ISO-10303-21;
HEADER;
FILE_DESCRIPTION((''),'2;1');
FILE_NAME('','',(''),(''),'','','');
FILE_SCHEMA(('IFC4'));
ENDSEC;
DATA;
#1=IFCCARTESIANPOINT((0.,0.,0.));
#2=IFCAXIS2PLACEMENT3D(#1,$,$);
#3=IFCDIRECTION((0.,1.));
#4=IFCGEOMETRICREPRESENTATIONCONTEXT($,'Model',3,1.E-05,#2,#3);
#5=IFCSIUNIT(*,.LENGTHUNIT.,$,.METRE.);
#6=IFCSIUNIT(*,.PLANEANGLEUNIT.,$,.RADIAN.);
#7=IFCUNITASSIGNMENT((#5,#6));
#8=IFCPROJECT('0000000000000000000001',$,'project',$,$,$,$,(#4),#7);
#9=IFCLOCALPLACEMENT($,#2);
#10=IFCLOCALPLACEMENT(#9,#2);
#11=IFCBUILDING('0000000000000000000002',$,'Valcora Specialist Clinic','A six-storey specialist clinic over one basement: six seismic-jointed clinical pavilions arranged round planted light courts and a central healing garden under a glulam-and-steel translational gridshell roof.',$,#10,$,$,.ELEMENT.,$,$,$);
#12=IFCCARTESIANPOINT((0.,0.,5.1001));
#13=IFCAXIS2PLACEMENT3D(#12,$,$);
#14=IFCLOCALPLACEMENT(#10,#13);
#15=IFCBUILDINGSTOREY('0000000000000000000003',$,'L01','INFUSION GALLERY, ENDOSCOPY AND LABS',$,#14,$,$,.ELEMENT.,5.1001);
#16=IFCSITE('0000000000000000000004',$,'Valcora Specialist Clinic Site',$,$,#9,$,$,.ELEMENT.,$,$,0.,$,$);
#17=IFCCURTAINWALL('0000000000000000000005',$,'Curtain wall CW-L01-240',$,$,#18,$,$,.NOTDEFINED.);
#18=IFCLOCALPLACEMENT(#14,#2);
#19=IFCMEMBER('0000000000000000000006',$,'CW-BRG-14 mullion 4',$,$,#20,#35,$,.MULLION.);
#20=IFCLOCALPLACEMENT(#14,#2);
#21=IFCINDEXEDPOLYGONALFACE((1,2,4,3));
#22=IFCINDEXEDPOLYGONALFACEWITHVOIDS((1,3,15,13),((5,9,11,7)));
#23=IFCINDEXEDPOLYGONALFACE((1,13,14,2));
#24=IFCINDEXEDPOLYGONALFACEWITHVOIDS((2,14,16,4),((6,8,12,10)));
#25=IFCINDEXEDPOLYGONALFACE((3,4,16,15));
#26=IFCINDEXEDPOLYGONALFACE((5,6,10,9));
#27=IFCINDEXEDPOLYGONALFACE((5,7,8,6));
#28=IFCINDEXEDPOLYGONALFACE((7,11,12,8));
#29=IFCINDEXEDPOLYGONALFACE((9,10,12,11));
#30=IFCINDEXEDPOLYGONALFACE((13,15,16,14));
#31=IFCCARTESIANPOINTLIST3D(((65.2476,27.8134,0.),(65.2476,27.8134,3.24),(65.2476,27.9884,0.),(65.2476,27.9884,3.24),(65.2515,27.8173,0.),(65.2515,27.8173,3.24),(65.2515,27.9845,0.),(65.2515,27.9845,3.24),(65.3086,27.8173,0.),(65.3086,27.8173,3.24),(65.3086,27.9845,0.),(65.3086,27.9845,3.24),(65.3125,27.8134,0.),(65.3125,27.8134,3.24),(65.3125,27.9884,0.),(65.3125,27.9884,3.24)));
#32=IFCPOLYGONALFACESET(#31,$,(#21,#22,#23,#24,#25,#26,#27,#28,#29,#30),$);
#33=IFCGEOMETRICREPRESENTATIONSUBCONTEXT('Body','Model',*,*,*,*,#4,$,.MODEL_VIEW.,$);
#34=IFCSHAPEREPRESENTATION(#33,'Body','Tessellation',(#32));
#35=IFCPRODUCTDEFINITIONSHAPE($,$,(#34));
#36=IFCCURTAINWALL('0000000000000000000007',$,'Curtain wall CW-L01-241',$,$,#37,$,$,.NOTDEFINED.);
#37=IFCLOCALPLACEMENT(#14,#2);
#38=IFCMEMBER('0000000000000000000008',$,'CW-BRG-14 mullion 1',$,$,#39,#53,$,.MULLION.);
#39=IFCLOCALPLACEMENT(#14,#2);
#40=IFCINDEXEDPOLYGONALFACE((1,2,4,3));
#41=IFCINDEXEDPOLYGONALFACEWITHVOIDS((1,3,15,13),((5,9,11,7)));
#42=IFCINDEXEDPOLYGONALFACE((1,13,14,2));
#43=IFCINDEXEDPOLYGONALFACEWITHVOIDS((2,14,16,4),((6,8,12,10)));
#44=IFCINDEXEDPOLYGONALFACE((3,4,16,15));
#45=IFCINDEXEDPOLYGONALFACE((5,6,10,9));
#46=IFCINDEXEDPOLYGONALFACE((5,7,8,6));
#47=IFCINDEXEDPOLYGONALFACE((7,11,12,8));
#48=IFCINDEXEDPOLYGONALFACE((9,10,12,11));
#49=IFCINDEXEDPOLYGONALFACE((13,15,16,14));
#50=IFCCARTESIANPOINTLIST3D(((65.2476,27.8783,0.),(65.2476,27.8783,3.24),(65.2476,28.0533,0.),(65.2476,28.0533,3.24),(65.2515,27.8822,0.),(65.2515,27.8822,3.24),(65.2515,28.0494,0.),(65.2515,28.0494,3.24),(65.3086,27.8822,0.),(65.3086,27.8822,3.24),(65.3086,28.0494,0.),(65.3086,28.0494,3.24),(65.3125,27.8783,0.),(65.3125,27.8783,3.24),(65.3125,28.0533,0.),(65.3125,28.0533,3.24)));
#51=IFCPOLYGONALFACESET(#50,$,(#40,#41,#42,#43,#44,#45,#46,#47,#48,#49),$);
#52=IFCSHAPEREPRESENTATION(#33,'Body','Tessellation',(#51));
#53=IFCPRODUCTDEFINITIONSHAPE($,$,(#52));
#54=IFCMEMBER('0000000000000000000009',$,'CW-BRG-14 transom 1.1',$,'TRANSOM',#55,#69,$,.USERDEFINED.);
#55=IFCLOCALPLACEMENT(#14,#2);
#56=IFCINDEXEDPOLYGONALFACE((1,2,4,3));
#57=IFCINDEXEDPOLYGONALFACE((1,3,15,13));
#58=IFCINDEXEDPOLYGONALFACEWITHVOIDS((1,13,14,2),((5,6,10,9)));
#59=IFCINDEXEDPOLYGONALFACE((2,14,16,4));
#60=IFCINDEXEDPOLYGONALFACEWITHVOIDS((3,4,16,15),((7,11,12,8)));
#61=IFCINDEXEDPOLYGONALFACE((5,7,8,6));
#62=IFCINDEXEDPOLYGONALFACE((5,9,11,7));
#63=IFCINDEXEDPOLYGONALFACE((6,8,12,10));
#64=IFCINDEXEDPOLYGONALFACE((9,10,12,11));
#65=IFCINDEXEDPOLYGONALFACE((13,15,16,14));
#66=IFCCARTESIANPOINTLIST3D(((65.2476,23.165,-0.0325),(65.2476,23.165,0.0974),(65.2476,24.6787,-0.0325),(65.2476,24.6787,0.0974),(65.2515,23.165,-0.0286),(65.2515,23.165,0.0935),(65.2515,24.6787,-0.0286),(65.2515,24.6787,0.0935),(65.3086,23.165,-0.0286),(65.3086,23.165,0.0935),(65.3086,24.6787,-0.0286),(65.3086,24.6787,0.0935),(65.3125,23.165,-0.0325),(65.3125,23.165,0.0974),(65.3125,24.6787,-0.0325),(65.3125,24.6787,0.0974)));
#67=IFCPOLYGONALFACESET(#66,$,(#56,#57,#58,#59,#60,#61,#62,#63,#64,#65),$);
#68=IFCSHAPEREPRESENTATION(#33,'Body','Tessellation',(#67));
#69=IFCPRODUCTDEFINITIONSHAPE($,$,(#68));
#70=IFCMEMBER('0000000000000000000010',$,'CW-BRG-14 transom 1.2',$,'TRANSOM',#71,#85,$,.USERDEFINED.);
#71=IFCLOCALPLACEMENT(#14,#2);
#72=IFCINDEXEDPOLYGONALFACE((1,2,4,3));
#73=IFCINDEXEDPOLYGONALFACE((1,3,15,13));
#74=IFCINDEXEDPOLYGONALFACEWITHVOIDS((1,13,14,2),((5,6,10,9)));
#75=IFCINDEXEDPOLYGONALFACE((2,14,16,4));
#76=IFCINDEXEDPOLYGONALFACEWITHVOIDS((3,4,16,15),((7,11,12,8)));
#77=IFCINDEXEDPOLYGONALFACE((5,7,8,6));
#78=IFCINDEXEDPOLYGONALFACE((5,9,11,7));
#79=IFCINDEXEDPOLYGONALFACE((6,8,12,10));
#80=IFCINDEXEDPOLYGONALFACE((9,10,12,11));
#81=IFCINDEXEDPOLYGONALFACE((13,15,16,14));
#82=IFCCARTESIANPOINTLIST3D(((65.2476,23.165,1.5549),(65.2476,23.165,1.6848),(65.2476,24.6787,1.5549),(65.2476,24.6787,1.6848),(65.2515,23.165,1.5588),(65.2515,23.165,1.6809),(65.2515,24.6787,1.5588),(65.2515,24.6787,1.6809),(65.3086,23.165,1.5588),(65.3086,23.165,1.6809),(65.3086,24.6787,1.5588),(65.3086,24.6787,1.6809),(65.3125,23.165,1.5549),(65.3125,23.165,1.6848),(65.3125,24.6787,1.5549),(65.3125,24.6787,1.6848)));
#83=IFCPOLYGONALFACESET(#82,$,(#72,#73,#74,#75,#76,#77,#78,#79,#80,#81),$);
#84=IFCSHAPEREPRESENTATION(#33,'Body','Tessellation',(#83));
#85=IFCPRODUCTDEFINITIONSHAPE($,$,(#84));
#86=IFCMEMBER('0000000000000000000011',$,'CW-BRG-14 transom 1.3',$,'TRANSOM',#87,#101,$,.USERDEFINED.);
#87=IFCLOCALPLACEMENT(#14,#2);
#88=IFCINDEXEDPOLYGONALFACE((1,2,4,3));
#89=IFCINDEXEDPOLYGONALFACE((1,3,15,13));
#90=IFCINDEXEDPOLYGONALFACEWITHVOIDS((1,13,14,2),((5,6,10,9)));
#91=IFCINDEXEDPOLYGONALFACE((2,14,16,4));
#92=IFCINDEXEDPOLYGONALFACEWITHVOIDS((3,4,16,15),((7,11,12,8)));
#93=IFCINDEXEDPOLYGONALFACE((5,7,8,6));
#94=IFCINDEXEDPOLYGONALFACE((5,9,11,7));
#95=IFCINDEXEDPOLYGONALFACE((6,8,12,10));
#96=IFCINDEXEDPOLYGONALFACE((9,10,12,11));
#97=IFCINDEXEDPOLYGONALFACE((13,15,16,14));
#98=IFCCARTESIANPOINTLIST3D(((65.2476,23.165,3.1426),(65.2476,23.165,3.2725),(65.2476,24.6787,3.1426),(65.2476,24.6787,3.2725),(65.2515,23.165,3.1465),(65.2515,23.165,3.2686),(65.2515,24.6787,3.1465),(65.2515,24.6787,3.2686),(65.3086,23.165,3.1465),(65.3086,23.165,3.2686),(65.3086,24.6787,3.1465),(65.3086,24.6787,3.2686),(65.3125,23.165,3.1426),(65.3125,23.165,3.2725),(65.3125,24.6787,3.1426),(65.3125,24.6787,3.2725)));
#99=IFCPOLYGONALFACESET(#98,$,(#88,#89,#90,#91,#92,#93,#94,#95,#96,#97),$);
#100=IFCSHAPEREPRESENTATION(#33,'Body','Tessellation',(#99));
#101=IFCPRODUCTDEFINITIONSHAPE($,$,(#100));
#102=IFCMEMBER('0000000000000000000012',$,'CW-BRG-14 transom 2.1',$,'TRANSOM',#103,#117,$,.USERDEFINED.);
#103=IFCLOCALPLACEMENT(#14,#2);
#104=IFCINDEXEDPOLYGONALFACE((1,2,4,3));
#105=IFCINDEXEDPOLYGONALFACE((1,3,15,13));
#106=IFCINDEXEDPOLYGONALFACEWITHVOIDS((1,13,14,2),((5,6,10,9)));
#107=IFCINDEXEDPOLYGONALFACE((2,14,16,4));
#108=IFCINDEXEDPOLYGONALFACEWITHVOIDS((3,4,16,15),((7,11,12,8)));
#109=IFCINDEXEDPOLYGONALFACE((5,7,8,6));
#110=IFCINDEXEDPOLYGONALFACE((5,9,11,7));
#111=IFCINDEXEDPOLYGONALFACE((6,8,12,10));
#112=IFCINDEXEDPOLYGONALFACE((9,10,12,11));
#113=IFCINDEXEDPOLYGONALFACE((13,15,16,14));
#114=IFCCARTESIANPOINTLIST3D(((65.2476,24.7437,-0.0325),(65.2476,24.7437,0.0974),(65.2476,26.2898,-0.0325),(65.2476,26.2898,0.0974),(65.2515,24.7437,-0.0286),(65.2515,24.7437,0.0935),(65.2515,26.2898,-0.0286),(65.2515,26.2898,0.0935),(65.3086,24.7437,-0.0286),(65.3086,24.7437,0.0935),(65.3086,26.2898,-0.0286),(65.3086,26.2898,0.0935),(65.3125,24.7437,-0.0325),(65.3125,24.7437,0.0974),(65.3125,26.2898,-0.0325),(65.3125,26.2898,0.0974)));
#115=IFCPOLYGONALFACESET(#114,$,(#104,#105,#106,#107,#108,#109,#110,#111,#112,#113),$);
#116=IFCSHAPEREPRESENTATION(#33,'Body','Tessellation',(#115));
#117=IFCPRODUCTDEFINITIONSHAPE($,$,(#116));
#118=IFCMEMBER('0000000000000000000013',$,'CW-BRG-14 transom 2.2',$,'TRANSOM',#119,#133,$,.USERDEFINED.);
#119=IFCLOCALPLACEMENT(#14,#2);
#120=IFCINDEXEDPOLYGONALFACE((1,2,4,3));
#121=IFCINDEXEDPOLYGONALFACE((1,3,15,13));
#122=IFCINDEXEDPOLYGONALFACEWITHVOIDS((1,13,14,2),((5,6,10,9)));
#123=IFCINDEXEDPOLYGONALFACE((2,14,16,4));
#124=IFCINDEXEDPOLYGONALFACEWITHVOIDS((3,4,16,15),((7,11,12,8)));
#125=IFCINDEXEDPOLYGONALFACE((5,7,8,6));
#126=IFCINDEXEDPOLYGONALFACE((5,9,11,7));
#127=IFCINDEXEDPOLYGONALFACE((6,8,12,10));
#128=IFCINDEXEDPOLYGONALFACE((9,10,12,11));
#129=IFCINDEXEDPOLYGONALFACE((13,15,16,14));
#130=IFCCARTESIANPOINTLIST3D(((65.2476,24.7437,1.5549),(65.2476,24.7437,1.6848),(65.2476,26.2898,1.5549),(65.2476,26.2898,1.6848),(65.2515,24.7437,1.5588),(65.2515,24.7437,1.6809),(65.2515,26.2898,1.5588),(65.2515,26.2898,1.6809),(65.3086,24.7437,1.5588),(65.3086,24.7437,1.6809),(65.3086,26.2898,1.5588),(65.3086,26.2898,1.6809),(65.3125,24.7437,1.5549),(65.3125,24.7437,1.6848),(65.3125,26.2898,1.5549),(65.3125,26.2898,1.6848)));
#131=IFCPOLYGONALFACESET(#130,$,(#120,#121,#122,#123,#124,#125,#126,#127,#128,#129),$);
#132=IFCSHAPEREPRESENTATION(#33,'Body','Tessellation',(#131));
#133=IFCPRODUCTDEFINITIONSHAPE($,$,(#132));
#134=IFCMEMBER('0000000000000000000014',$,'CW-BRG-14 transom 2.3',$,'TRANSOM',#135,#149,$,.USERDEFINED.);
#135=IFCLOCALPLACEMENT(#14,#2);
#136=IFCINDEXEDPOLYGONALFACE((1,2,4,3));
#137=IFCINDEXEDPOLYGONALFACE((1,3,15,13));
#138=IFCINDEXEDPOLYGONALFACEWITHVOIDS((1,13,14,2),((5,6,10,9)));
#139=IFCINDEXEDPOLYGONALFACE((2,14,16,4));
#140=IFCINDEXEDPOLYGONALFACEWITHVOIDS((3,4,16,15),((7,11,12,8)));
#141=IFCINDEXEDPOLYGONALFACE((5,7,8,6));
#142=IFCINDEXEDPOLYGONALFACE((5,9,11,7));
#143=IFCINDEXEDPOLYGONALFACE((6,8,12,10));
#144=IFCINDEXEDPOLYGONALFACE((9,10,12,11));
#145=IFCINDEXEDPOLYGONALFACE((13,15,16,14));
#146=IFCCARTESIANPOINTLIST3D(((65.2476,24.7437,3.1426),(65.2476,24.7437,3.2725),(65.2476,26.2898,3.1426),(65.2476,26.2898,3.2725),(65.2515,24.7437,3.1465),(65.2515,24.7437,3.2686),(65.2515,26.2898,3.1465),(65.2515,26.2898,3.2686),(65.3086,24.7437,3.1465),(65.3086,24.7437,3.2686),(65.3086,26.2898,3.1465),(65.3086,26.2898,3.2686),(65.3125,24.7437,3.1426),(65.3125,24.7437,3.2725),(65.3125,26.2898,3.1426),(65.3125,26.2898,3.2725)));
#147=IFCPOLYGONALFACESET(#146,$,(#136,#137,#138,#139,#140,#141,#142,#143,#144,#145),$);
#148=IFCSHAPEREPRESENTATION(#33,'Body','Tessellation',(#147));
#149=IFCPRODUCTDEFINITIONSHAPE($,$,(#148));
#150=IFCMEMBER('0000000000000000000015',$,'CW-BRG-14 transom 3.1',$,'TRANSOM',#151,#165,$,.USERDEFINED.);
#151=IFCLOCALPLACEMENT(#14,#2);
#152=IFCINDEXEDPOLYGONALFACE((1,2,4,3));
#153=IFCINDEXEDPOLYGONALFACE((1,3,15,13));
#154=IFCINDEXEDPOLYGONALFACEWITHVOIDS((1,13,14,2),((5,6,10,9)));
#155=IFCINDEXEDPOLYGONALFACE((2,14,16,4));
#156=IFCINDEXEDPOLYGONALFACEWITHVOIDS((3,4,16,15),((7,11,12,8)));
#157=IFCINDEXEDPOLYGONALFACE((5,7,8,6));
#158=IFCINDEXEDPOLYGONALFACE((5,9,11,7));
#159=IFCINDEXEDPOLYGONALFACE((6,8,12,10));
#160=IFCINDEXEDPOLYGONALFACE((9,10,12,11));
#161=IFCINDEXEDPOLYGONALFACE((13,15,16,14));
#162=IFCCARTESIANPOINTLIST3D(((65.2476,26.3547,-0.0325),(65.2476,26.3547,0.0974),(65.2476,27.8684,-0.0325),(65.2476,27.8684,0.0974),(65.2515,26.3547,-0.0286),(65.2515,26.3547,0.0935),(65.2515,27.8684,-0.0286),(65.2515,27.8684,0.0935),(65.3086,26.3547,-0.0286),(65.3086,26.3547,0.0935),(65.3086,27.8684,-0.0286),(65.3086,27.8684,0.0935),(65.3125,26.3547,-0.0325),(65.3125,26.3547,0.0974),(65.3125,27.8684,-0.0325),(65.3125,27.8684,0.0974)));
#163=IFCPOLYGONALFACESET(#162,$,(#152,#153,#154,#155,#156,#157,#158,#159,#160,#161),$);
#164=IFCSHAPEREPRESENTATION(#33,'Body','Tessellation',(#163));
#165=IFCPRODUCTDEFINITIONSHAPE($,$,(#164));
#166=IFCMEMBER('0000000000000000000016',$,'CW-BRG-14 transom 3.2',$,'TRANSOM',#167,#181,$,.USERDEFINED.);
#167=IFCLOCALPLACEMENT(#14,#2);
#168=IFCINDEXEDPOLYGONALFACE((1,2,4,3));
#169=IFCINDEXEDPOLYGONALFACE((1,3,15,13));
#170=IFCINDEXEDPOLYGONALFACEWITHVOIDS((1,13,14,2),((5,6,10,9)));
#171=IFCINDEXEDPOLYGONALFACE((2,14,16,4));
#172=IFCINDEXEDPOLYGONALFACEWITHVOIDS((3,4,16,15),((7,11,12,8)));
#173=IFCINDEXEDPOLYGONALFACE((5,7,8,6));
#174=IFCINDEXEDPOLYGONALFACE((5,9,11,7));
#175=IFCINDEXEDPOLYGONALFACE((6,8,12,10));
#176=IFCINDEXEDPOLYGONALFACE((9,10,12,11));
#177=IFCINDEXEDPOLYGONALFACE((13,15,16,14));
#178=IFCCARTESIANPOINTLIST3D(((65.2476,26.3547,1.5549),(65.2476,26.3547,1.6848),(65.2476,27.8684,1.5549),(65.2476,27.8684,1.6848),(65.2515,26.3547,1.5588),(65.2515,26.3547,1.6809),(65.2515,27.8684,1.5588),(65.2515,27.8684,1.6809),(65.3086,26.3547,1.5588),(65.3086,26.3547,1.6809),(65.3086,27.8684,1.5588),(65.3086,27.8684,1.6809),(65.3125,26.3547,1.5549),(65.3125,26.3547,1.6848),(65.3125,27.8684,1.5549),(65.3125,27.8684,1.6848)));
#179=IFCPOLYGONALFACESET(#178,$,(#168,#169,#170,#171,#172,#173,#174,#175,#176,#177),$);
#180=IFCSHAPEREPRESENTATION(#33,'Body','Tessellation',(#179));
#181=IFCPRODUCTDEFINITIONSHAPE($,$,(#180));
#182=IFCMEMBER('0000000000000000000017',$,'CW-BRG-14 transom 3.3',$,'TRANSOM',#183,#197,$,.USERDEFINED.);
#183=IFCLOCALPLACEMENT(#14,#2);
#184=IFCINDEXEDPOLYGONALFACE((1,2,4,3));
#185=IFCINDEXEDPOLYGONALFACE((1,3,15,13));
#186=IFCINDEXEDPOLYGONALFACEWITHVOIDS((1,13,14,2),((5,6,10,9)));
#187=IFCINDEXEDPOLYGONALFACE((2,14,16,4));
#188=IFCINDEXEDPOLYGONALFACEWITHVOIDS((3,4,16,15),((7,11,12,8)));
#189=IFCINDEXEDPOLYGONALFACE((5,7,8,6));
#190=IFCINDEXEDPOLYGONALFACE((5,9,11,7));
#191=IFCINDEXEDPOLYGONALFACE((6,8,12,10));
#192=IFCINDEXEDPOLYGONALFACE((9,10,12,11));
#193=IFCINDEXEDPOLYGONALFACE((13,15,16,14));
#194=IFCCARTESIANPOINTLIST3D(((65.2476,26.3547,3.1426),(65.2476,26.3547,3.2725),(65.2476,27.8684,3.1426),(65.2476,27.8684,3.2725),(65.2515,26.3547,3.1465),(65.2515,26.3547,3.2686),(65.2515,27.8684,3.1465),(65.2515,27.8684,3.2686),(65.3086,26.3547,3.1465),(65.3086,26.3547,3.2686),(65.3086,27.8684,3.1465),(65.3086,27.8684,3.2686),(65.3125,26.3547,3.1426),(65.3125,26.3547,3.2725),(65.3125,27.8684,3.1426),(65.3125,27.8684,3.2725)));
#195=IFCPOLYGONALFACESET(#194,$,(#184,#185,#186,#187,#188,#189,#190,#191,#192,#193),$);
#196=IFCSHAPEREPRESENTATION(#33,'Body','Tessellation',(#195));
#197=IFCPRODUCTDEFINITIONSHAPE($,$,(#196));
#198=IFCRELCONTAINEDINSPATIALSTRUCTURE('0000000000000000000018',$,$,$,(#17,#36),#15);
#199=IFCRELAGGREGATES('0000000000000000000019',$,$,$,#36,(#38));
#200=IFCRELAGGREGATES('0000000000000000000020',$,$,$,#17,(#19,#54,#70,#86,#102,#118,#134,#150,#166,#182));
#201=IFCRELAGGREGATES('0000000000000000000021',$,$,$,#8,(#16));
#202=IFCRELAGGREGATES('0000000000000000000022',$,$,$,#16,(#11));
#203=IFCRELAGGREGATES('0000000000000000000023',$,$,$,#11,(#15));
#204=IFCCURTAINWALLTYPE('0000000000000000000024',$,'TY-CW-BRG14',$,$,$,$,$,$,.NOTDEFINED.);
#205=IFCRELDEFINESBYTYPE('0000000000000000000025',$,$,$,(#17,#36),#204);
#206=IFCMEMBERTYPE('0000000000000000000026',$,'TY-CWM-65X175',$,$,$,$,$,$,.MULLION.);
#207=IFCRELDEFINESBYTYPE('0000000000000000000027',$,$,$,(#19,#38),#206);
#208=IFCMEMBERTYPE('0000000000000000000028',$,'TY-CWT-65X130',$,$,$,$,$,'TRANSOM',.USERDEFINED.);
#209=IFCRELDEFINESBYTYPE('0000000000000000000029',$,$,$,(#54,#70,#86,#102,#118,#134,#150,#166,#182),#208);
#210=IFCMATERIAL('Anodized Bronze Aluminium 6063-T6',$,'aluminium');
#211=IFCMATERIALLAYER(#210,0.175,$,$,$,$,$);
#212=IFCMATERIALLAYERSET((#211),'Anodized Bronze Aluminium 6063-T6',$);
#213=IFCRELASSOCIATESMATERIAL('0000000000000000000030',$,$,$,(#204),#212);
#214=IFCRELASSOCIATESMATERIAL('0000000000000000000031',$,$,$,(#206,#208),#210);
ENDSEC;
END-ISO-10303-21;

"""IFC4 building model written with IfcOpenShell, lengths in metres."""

from ifc_helpers import new_model, si_unit, direction, frame, origin, origin_2d, place, context, subcontext, project, spatial, hollow_rectangle, extrude, material, layer, layer_set, material_profile, profile_set, type_object, element, aggregate, save


model = new_model("IFC4")

# Units and contexts
model_context = context("Model", 3, precision=1e-05, world=origin(), true_north=direction((0.0, 1.0)))
body_context = subcontext(model_context, "Body", "Model", "MODEL_VIEW")
ifc_project = project(units=[si_unit("LENGTHUNIT", "METRE"), si_unit("PLANEANGLEUNIT", "RADIAN")], contexts=[model_context])

# Site, building, storey
site_placement = place(None, origin())
site = spatial("IfcSite", under=ifc_project, at=site_placement, Name="Valcora Specialist Clinic Site", CompositionType="ELEMENT", RefElevation=0.0)
building_placement = place(site_placement, origin())
building = spatial("IfcBuilding", under=site, at=building_placement, Name="Valcora Specialist Clinic", Description="A six-storey specialist clinic over one basement: six seismic-jointed clinical pavilions arranged round planted light courts and a central healing garden under a glulam-and-steel translational gridshell roof.", CompositionType="ELEMENT")
storey_placement = place(building_placement, frame((0.0, 0.0, 5.1001)))
storey = spatial("IfcBuildingStorey", under=building, at=storey_placement, Name="L01", Description="INFUSION GALLERY, ENDOSCOPY AND LABS", CompositionType="ELEMENT", Elevation=5.1001)

# Curtain wall, member
ifc_material_1 = material(Name="Anodized Bronze Aluminium 6063-T6", Category="aluminium")
ifc_layer_1 = layer(ifc_material_1, 0.175)
ifc_layer_set_1 = layer_set([ifc_layer_1], Name="Anodized Bronze Aluminium 6063-T6")
curtain_wall_type = type_object("IfcCurtainWallType", Name="TY-CW-BRG14", PredefinedType="NOTDEFINED", material=ifc_layer_set_1)
curtain_wall_1_placement = place(storey_placement, origin())
curtain_wall_1 = element("IfcCurtainWall", 1, at=curtain_wall_1_placement, inside=storey, type_object=curtain_wall_type, Name="Curtain wall CW-L01-240", PredefinedType="NOTDEFINED")
ifc_material_profile_1 = material_profile(ifc_material_1, hollow_rectangle(XDim=0.0649, YDim=0.175, WallThickness=0.0039, at=origin_2d()), Name="AL-MUL-65X175")
ifc_profile_set_1 = profile_set([ifc_material_profile_1], Name="Anodized Bronze Aluminium 6063-T6")
member_type_1 = type_object("IfcMemberType", Name="TY-CWM-65X175", PredefinedType="MULLION", material=ifc_profile_set_1)
member_1_placement = place(storey_placement, frame((65.28, 27.9009, 0.0), z_axis=(0.0, 0.0, 1.0), x_axis=(-1.0, 0.0, 0.0)))
member_1 = element("IfcMember", 2, at=member_1_placement, type_object=member_type_1, Name="CW-BRG-14 mullion 4", PredefinedType="MULLION", context=body_context, shape_type="SweptSolid", body=[
    extrude(hollow_rectangle(XDim=0.0649, YDim=0.175, WallThickness=0.0039, at=origin_2d()), origin(), (0.0, 0.0, 1.0), 3.24),
])

# Curtain wall, member
curtain_wall_2_placement = place(storey_placement, origin())
curtain_wall_2 = element("IfcCurtainWall", 3, at=curtain_wall_2_placement, inside=storey, type_object=curtain_wall_type, Name="Curtain wall CW-L01-241", PredefinedType="NOTDEFINED")
member_2_placement = place(storey_placement, frame((65.28, 27.9658, 0.0), z_axis=(0.0, 0.0, 1.0), x_axis=(-1.0, 0.0, 0.0)))
member_2 = element("IfcMember", 4, at=member_2_placement, type_object=member_type_1, Name="CW-BRG-14 mullion 1", PredefinedType="MULLION", context=body_context, shape_type="SweptSolid", body=[
    extrude(hollow_rectangle(XDim=0.0649, YDim=0.175, WallThickness=0.0039, at=origin_2d()), origin(), (0.0, 0.0, 1.0), 3.24),
])

# Members
ifc_material_profile_2 = material_profile(ifc_material_1, hollow_rectangle(XDim=0.0649, YDim=0.1299, WallThickness=0.0039, at=origin_2d()), Name="AL-TRN-65X130")
ifc_profile_set_2 = profile_set([ifc_material_profile_2], Name="Anodized Bronze Aluminium 6063-T6")
member_type_2 = type_object("IfcMemberType", Name="TY-CWT-65X130", ElementType="TRANSOM", PredefinedType="USERDEFINED", material=ifc_profile_set_2)
member_3_placement = place(storey_placement, frame((65.28, 23.165, 0.0325), z_axis=(0.0, 1.0, 0.0), x_axis=(-1.0, 0.0, 0.0)))
member_3 = element("IfcMember", 5, at=member_3_placement, type_object=member_type_2, Name="CW-BRG-14 transom 1.1", ObjectType="TRANSOM", PredefinedType="USERDEFINED", context=body_context, shape_type="SweptSolid", body=[
    extrude(hollow_rectangle(XDim=0.0649, YDim=0.1299, WallThickness=0.0039, at=origin_2d()), origin(), (0.0, 0.0, 1.0), 1.5137),
])
member_4_placement = place(storey_placement, frame((65.28, 23.165, 1.6199), z_axis=(0.0, 1.0, 0.0), x_axis=(-1.0, 0.0, 0.0)))
member_4 = element("IfcMember", 6, at=member_4_placement, type_object=member_type_2, Name="CW-BRG-14 transom 1.2", ObjectType="TRANSOM", PredefinedType="USERDEFINED", context=body_context, shape_type="SweptSolid", body=[
    extrude(hollow_rectangle(XDim=0.0649, YDim=0.1299, WallThickness=0.0039, at=origin_2d()), origin(), (0.0, 0.0, 1.0), 1.5137),
])
member_5_placement = place(storey_placement, frame((65.28, 23.165, 3.2075), z_axis=(0.0, 1.0, 0.0), x_axis=(-1.0, 0.0, 0.0)))
member_5 = element("IfcMember", 7, at=member_5_placement, type_object=member_type_2, Name="CW-BRG-14 transom 1.3", ObjectType="TRANSOM", PredefinedType="USERDEFINED", context=body_context, shape_type="SweptSolid", body=[
    extrude(hollow_rectangle(XDim=0.0649, YDim=0.1299, WallThickness=0.0039, at=origin_2d()), origin(), (0.0, 0.0, 1.0), 1.5137),
])
member_6_placement = place(storey_placement, frame((65.28, 24.7437, 0.0325), z_axis=(0.0, 1.0, 0.0), x_axis=(-1.0, 0.0, 0.0)))
member_6 = element("IfcMember", 8, at=member_6_placement, type_object=member_type_2, Name="CW-BRG-14 transom 2.1", ObjectType="TRANSOM", PredefinedType="USERDEFINED", context=body_context, shape_type="SweptSolid", body=[
    extrude(hollow_rectangle(XDim=0.0649, YDim=0.1299, WallThickness=0.0039, at=origin_2d()), origin(), (0.0, 0.0, 1.0), 1.5461),
])
member_7_placement = place(storey_placement, frame((65.28, 24.7437, 1.6199), z_axis=(0.0, 1.0, 0.0), x_axis=(-1.0, 0.0, 0.0)))
member_7 = element("IfcMember", 9, at=member_7_placement, type_object=member_type_2, Name="CW-BRG-14 transom 2.2", ObjectType="TRANSOM", PredefinedType="USERDEFINED", context=body_context, shape_type="SweptSolid", body=[
    extrude(hollow_rectangle(XDim=0.0649, YDim=0.1299, WallThickness=0.0039, at=origin_2d()), origin(), (0.0, 0.0, 1.0), 1.5461),
])
member_8_placement = place(storey_placement, frame((65.28, 24.7437, 3.2075), z_axis=(0.0, 1.0, 0.0), x_axis=(-1.0, 0.0, 0.0)))
member_8 = element("IfcMember", 10, at=member_8_placement, type_object=member_type_2, Name="CW-BRG-14 transom 2.3", ObjectType="TRANSOM", PredefinedType="USERDEFINED", context=body_context, shape_type="SweptSolid", body=[
    extrude(hollow_rectangle(XDim=0.0649, YDim=0.1299, WallThickness=0.0039, at=origin_2d()), origin(), (0.0, 0.0, 1.0), 1.5461),
])
member_9_placement = place(storey_placement, frame((65.28, 26.3547, 0.0325), z_axis=(0.0, 1.0, 0.0), x_axis=(-1.0, 0.0, 0.0)))
member_9 = element("IfcMember", 11, at=member_9_placement, type_object=member_type_2, Name="CW-BRG-14 transom 3.1", ObjectType="TRANSOM", PredefinedType="USERDEFINED", context=body_context, shape_type="SweptSolid", body=[
    extrude(hollow_rectangle(XDim=0.0649, YDim=0.1299, WallThickness=0.0039, at=origin_2d()), origin(), (0.0, 0.0, 1.0), 1.5137),
])
member_10_placement = place(storey_placement, frame((65.28, 26.3547, 1.6199), z_axis=(0.0, 1.0, 0.0), x_axis=(-1.0, 0.0, 0.0)))
member_10 = element("IfcMember", 12, at=member_10_placement, type_object=member_type_2, Name="CW-BRG-14 transom 3.2", ObjectType="TRANSOM", PredefinedType="USERDEFINED", context=body_context, shape_type="SweptSolid", body=[
    extrude(hollow_rectangle(XDim=0.0649, YDim=0.1299, WallThickness=0.0039, at=origin_2d()), origin(), (0.0, 0.0, 1.0), 1.5137),
])
member_11_placement = place(storey_placement, frame((65.28, 26.3547, 3.2075), z_axis=(0.0, 1.0, 0.0), x_axis=(-1.0, 0.0, 0.0)))
member_11 = element("IfcMember", 13, at=member_11_placement, type_object=member_type_2, Name="CW-BRG-14 transom 3.3", ObjectType="TRANSOM", PredefinedType="USERDEFINED", context=body_context, shape_type="SweptSolid", body=[
    extrude(hollow_rectangle(XDim=0.0649, YDim=0.1299, WallThickness=0.0039, at=origin_2d()), origin(), (0.0, 0.0, 1.0), 1.5137),
])
aggregate(curtain_wall_2, [member_2])

aggregate(curtain_wall_1, [member_1, member_3, member_4, member_5, member_6, member_7, member_8, member_9, member_10, member_11])

save(model, "model.ifc")
